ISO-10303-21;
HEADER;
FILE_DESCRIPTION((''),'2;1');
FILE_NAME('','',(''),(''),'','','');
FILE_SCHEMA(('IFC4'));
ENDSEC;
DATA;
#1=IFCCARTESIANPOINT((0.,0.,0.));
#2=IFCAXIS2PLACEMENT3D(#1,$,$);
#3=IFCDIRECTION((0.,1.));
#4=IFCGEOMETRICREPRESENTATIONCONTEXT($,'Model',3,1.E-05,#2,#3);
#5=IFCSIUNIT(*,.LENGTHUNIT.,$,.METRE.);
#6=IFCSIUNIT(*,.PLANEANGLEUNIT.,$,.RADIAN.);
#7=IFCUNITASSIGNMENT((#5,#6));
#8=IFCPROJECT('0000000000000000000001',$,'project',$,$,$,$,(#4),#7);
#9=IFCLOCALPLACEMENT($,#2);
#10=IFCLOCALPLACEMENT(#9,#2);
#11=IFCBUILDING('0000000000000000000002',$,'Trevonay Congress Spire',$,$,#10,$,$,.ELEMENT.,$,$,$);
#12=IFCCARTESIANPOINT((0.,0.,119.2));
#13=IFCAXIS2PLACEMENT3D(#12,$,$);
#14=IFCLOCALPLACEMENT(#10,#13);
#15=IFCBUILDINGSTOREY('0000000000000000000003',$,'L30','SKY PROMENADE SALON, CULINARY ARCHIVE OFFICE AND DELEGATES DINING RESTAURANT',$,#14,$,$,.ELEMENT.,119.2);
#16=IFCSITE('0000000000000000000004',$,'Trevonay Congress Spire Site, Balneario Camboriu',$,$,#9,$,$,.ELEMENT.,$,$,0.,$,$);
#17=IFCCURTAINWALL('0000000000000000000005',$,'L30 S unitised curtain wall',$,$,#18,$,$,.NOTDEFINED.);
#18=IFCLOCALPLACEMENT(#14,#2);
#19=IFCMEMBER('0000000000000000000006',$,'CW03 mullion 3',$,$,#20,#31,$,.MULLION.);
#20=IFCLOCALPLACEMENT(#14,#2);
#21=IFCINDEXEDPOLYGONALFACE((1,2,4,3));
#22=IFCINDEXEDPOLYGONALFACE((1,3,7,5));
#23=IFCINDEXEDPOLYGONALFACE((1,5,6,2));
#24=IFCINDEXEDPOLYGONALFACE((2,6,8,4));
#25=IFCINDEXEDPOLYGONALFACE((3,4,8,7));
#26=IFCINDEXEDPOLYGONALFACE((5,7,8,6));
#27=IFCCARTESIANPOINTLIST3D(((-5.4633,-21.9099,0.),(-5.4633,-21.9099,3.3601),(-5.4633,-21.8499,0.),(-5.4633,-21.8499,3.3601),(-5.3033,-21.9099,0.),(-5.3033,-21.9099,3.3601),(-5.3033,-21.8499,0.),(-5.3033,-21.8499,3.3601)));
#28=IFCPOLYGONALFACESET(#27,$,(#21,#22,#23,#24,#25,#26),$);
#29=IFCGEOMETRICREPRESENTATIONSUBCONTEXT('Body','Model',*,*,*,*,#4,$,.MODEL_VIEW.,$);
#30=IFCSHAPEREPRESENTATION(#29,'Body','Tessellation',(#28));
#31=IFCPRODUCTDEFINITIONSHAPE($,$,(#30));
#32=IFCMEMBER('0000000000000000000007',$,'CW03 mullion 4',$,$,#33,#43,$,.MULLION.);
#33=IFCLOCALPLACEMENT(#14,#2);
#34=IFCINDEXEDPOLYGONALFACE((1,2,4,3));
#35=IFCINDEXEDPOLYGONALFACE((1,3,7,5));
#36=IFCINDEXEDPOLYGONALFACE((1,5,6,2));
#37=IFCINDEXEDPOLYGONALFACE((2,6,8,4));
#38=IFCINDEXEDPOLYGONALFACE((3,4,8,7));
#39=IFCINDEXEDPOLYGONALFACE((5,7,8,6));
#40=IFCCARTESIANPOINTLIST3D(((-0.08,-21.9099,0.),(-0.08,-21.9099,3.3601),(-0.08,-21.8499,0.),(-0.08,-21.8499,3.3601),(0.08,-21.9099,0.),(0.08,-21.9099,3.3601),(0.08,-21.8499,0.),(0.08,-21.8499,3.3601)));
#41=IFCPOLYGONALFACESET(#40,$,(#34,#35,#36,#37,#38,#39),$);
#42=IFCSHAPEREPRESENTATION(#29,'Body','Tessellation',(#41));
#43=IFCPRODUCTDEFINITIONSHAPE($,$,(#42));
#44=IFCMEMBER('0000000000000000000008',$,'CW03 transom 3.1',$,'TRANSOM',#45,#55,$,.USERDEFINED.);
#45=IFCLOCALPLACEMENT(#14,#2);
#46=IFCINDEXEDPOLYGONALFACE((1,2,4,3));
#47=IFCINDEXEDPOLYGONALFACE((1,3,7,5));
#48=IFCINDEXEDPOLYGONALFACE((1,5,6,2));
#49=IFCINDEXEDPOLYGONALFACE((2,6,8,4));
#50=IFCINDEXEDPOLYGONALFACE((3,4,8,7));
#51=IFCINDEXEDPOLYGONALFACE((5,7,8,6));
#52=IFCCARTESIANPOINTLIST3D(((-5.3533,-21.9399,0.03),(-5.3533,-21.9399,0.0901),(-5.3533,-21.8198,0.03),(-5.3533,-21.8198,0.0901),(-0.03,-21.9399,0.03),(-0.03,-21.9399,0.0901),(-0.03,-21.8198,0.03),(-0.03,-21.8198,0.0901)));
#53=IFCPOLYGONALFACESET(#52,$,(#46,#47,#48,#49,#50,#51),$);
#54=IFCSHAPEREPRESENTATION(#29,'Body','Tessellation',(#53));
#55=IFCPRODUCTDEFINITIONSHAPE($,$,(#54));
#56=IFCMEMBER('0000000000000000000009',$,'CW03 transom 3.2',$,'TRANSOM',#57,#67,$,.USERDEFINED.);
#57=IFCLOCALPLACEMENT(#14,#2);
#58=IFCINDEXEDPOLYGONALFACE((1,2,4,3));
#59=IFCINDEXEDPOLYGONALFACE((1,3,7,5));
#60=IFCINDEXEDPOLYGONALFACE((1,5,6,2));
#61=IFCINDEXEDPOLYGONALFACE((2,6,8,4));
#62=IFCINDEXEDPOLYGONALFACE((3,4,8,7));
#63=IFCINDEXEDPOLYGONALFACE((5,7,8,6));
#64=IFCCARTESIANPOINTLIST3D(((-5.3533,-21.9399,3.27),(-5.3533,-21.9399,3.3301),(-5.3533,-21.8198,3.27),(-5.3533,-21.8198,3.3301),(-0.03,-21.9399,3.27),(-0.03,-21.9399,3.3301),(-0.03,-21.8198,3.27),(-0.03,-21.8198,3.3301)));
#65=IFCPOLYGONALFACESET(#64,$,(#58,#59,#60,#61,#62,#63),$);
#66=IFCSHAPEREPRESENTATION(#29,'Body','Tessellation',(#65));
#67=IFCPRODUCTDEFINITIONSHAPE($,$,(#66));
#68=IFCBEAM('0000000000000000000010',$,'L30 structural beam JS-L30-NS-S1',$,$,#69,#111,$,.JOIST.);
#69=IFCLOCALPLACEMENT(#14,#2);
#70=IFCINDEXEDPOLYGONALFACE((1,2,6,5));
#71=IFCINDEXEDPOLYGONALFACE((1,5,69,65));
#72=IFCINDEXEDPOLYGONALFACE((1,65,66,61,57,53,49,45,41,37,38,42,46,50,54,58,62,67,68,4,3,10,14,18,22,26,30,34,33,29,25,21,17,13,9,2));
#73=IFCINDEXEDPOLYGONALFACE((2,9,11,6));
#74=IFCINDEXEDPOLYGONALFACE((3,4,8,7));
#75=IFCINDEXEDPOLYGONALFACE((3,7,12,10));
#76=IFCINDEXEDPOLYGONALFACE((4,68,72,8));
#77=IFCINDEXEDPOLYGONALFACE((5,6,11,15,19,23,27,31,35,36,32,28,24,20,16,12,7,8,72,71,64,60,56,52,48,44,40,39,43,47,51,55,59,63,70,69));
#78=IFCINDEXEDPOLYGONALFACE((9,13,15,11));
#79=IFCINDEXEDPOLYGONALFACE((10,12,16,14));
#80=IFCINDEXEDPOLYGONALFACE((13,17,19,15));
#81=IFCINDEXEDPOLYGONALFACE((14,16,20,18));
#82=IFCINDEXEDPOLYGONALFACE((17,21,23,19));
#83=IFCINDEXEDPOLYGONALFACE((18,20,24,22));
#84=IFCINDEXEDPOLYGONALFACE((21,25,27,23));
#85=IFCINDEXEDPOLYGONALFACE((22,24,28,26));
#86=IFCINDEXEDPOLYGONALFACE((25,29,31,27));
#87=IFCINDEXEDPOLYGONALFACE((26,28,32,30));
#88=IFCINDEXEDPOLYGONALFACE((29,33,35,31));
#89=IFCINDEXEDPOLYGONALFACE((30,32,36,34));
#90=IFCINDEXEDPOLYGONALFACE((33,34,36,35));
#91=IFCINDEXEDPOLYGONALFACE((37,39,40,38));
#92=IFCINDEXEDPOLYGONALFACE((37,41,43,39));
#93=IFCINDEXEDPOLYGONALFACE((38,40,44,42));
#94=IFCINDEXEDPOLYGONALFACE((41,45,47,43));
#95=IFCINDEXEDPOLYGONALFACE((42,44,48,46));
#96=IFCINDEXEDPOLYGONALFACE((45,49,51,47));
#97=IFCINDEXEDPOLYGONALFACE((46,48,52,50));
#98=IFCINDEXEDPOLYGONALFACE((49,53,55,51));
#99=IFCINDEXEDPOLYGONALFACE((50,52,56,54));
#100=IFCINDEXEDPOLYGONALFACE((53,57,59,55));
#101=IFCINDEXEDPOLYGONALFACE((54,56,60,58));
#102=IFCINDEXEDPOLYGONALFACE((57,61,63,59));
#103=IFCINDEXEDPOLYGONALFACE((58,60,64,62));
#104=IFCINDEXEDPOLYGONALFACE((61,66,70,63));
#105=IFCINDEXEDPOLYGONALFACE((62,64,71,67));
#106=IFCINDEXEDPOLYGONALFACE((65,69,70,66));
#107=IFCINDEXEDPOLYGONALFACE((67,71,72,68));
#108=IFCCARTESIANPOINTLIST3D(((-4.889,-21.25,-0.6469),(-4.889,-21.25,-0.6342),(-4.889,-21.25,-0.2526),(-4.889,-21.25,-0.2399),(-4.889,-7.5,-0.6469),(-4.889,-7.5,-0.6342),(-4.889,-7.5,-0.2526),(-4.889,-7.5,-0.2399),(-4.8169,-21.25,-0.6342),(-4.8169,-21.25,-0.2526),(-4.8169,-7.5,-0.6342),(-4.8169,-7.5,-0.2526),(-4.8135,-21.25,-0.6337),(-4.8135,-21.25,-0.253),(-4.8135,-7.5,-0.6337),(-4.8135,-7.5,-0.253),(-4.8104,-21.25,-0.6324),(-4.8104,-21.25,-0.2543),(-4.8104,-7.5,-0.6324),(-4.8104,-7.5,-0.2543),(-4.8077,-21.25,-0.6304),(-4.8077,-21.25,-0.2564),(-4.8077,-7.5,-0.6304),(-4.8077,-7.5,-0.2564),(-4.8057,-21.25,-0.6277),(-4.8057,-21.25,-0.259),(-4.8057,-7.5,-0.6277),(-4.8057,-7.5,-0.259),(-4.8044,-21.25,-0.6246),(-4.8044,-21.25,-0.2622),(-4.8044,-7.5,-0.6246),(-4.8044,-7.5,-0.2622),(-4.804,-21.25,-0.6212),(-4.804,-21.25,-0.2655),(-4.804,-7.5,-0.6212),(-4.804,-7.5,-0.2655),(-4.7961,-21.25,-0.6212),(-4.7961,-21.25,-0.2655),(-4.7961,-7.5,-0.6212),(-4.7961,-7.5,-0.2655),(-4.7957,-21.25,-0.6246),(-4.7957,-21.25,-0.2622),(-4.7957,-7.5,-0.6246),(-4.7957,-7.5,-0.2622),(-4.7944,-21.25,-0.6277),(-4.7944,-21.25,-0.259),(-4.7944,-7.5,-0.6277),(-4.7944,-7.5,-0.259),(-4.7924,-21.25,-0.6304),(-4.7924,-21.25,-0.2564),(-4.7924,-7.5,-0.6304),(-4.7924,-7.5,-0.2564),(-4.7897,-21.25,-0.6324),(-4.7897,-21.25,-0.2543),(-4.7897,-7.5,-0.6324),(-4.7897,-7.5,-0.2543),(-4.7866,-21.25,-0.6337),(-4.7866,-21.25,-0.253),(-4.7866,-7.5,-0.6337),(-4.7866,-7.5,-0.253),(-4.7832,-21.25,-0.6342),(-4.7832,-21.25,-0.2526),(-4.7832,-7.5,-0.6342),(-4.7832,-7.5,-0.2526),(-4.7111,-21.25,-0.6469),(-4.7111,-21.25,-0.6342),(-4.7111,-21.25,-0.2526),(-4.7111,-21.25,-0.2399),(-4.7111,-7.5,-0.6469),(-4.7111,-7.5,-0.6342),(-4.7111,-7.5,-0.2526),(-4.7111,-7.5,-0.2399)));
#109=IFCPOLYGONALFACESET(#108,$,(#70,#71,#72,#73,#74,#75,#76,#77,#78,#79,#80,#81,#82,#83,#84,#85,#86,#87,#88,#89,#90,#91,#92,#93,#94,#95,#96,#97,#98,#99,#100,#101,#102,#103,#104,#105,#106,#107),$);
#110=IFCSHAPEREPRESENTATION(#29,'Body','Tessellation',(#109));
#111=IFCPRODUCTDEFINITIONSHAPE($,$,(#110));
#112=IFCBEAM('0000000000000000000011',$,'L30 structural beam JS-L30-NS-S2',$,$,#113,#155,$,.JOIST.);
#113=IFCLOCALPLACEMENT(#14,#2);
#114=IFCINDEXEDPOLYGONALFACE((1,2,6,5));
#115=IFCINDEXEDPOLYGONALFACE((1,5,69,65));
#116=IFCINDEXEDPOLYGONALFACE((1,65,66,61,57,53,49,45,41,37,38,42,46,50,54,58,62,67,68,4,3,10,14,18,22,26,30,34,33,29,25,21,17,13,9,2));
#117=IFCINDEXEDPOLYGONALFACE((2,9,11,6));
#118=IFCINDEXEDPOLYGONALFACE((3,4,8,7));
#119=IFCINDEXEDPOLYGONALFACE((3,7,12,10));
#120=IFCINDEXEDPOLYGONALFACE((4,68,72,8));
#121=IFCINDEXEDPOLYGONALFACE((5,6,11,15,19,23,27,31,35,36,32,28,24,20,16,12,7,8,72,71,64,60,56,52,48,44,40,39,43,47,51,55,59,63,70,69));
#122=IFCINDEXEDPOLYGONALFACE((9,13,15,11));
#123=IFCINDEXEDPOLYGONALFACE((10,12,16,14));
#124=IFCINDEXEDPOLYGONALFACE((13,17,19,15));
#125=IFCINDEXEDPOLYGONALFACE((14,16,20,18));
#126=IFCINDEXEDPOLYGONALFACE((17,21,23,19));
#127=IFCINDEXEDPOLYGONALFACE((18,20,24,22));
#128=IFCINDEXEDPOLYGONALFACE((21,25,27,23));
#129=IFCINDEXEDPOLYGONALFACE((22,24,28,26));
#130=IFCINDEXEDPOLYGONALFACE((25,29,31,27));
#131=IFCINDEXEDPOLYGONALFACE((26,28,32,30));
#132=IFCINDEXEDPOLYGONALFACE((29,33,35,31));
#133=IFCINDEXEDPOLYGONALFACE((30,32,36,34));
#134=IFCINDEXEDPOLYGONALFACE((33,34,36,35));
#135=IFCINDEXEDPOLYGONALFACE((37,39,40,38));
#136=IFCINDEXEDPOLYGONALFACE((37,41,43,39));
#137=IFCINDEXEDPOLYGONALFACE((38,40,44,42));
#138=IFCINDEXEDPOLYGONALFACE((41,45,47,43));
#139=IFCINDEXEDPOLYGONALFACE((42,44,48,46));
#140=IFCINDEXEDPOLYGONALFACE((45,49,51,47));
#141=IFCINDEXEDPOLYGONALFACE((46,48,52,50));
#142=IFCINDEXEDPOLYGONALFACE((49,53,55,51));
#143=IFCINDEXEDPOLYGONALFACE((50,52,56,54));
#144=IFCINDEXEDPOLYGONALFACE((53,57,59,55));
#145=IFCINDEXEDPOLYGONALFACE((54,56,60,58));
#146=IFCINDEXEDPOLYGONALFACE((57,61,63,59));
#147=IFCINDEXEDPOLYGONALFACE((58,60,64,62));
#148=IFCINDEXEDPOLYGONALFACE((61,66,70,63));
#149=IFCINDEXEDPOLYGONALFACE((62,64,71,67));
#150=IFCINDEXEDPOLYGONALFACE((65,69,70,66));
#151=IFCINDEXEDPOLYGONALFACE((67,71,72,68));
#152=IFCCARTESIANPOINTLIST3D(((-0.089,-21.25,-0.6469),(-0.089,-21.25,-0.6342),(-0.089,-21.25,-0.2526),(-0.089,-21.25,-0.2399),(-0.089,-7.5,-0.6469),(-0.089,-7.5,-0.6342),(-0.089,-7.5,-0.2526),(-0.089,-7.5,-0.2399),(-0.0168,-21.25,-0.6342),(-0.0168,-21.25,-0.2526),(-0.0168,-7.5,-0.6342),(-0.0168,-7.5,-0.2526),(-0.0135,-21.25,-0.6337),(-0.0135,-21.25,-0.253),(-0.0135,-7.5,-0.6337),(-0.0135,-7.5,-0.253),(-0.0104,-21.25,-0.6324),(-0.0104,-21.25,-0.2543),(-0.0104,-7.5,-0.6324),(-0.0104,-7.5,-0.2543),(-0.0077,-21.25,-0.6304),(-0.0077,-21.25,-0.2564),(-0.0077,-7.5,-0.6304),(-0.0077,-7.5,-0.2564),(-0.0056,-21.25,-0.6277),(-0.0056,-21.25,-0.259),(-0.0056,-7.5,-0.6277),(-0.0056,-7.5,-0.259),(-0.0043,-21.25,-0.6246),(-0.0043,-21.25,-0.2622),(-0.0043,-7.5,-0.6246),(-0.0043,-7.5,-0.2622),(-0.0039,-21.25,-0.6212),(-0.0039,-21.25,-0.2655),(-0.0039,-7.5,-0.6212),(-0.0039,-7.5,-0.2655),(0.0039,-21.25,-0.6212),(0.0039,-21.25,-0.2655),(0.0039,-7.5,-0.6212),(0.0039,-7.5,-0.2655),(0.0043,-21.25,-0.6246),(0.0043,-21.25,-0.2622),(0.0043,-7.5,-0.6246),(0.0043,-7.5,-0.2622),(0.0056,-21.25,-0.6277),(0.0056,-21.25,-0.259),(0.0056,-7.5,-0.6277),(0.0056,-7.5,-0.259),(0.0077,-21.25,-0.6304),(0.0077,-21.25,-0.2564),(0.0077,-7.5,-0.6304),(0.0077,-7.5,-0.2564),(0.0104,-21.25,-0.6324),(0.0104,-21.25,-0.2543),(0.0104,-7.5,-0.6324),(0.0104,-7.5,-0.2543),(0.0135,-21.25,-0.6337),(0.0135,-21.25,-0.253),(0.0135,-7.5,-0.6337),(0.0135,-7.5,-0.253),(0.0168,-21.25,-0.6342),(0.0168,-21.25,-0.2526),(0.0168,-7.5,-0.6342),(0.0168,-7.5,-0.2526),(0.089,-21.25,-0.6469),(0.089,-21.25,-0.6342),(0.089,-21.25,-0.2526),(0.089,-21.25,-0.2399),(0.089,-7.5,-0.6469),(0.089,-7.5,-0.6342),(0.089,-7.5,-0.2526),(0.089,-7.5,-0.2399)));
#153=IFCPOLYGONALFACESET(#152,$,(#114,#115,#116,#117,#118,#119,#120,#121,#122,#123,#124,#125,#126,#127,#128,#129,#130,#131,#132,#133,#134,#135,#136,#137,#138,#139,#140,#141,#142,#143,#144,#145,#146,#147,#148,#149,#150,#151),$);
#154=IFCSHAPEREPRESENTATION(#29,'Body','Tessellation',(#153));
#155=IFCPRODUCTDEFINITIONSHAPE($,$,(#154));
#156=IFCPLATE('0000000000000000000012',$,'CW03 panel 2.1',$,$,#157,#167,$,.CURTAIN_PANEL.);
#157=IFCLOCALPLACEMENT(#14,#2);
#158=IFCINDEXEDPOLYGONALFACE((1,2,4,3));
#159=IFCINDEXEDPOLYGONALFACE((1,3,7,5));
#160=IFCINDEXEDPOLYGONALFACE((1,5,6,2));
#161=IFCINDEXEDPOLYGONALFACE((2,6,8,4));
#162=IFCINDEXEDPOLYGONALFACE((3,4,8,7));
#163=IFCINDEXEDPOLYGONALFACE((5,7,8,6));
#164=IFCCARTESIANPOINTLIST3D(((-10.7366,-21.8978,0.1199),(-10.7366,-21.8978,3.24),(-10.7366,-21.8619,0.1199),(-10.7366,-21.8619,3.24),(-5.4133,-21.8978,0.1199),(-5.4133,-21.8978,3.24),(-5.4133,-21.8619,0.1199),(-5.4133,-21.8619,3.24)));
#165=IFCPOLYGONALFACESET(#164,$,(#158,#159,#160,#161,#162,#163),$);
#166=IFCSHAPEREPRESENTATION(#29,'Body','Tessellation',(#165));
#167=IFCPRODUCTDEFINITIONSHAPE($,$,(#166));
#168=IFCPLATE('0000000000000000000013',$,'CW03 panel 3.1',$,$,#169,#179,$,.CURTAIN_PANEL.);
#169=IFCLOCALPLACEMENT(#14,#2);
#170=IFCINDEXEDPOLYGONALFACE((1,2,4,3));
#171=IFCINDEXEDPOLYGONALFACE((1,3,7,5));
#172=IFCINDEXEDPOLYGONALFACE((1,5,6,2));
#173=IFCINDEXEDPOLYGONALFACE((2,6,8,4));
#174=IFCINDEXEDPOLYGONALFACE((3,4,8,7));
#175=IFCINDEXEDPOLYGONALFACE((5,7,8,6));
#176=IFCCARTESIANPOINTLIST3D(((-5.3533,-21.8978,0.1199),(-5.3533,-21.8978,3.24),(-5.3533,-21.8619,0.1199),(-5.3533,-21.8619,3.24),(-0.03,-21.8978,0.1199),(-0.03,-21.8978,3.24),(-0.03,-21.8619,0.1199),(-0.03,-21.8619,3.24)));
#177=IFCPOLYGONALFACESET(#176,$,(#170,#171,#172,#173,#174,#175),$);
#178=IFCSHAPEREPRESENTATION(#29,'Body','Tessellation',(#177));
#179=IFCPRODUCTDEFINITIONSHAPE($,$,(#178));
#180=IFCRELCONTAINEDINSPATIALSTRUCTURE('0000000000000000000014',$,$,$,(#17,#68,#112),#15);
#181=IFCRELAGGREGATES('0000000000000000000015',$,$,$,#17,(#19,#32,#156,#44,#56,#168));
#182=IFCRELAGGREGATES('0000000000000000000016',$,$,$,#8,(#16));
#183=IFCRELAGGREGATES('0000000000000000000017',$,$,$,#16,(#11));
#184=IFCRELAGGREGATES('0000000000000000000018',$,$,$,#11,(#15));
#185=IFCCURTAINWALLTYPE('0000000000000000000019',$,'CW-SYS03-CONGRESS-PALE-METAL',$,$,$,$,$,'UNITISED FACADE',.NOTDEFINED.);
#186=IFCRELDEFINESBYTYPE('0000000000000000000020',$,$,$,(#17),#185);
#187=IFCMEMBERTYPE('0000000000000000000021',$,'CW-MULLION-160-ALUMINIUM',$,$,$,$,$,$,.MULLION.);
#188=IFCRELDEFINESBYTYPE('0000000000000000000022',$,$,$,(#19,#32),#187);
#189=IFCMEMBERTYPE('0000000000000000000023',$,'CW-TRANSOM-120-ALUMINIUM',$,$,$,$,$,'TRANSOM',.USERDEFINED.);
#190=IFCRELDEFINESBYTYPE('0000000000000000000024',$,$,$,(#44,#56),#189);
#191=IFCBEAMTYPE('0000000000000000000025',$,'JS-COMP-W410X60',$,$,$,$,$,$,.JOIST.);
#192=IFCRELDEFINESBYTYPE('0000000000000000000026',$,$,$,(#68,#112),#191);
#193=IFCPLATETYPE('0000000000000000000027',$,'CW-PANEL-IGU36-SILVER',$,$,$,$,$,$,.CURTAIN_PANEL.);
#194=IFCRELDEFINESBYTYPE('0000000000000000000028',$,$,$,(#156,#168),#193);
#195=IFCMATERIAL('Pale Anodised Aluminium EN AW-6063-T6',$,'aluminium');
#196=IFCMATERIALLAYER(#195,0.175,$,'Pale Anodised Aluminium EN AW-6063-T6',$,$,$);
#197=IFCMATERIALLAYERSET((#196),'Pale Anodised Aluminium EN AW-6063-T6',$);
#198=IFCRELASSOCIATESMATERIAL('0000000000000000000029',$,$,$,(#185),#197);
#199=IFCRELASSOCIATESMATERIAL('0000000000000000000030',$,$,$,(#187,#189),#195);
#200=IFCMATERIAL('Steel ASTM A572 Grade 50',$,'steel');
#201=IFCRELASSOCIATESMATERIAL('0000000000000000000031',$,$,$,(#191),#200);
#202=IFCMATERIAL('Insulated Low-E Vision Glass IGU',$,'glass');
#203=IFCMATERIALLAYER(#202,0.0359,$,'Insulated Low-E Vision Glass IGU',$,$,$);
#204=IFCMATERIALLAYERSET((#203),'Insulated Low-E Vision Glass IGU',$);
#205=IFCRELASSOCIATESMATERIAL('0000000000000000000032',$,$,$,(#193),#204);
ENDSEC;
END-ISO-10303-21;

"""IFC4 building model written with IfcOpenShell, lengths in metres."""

from ifc_helpers import new_model, si_unit, direction, frame, origin, origin_2d, place, context, subcontext, project, spatial, rectangle, i_section, extrude, material, layer, layer_set, material_profile, profile_set, type_object, element, aggregate, save


model = new_model("IFC4")

# Units and contexts
model_context = context("Model", 3, precision=1e-05, world=origin(), true_north=direction((0.0, 1.0)))
body_context = subcontext(model_context, "Body", "Model", "MODEL_VIEW")
ifc_project = project(units=[si_unit("LENGTHUNIT", "METRE"), si_unit("PLANEANGLEUNIT", "RADIAN")], contexts=[model_context])

# Site, building, storey
site_placement = place(None, origin())
site = spatial("IfcSite", under=ifc_project, at=site_placement, Name="Trevonay Congress Spire Site, Balneario Camboriu", CompositionType="ELEMENT", RefElevation=0.0)
building_placement = place(site_placement, origin())
building = spatial("IfcBuilding", under=site, at=building_placement, Name="Trevonay Congress Spire", CompositionType="ELEMENT")
storey_placement = place(building_placement, frame((0.0, 0.0, 119.2)))
storey = spatial("IfcBuildingStorey", under=building, at=storey_placement, Name="L30", Description="SKY PROMENADE SALON, CULINARY ARCHIVE OFFICE AND DELEGATES DINING RESTAURANT", CompositionType="ELEMENT", Elevation=119.2)

# Shared definitions
ifc_material_1 = material(Name="Steel ASTM A572 Grade 50", Category="steel")

# Curtain wall, members
ifc_material_2 = material(Name="Pale Anodised Aluminium EN AW-6063-T6", Category="aluminium")
ifc_layer_1 = layer(ifc_material_2, 0.175, Name="Pale Anodised Aluminium EN AW-6063-T6")
ifc_layer_set_1 = layer_set([ifc_layer_1], Name="Pale Anodised Aluminium EN AW-6063-T6")
curtain_wall_type = type_object("IfcCurtainWallType", Name="CW-SYS03-CONGRESS-PALE-METAL", ElementType="UNITISED FACADE", PredefinedType="NOTDEFINED", material=ifc_layer_set_1)
curtain_wall_placement = place(storey_placement, origin())
curtain_wall = element("IfcCurtainWall", 1, at=curtain_wall_placement, inside=storey, type_object=curtain_wall_type, Name="L30 S unitised curtain wall", PredefinedType="NOTDEFINED")
ifc_material_profile_1 = material_profile(ifc_material_2, rectangle(XDim=0.0601, YDim=0.1599, at=origin_2d()), Name="CW-MULLION-160-ALUMINIUM")
ifc_profile_set_1 = profile_set([ifc_material_profile_1], Name="Pale Anodised Aluminium EN AW-6063-T6")
member_type_1 = type_object("IfcMemberType", Name="CW-MULLION-160-ALUMINIUM", PredefinedType="MULLION", material=ifc_profile_set_1)
member_1_placement = place(storey_placement, frame((-5.3833, -21.8799, 0.0), z_axis=(0.0, 0.0, 1.0), x_axis=(0.0, 1.0, 0.0)))
member_1 = element("IfcMember", 2, at=member_1_placement, type_object=member_type_1, Name="CW03 mullion 3", PredefinedType="MULLION", context=body_context, shape_type="SweptSolid", body=[
    extrude(rectangle(XDim=0.0601, YDim=0.1599, at=origin_2d()), origin(), (0.0, 0.0, 1.0), 3.3601),
])
member_2_placement = place(storey_placement, frame((0.0, -21.8799, 0.0), z_axis=(0.0, 0.0, 1.0), x_axis=(0.0, 1.0, 0.0)))
member_2 = element("IfcMember", 3, at=member_2_placement, type_object=member_type_1, Name="CW03 mullion 4", PredefinedType="MULLION", context=body_context, shape_type="SweptSolid", body=[
    extrude(rectangle(XDim=0.0601, YDim=0.1599, at=origin_2d()), origin(), (0.0, 0.0, 1.0), 3.3601),
])
ifc_material_profile_2 = material_profile(ifc_material_2, rectangle(XDim=0.1201, YDim=0.0601, at=origin_2d()), Name="CW-TRANSOM-120-ALUMINIUM")
ifc_profile_set_2 = profile_set([ifc_material_profile_2], Name="Pale Anodised Aluminium EN AW-6063-T6")
member_type_2 = type_object("IfcMemberType", Name="CW-TRANSOM-120-ALUMINIUM", ElementType="TRANSOM", PredefinedType="USERDEFINED", material=ifc_profile_set_2)
member_3_placement = place(storey_placement, frame((-5.3533, -21.8799, 0.0601), z_axis=(1.0, 0.0, 0.0), x_axis=(0.0, 1.0, 0.0)))
member_3 = element("IfcMember", 4, at=member_3_placement, type_object=member_type_2, Name="CW03 transom 3.1", ObjectType="TRANSOM", PredefinedType="USERDEFINED", context=body_context, shape_type="SweptSolid", body=[
    extrude(rectangle(XDim=0.1201, YDim=0.0601, at=origin_2d()), origin(), (0.0, 0.0, 1.0), 5.3232),
])
member_4_placement = place(storey_placement, frame((-5.3533, -21.8799, 3.3), z_axis=(1.0, 0.0, 0.0), x_axis=(0.0, 1.0, 0.0)))
member_4 = element("IfcMember", 5, at=member_4_placement, type_object=member_type_2, Name="CW03 transom 3.2", ObjectType="TRANSOM", PredefinedType="USERDEFINED", context=body_context, shape_type="SweptSolid", body=[
    extrude(rectangle(XDim=0.1201, YDim=0.0601, at=origin_2d()), origin(), (0.0, 0.0, 1.0), 5.3232),
])

# Beams
ifc_material_profile_3 = material_profile(ifc_material_1, i_section(OverallWidth=0.178, OverallDepth=0.407, WebThickness=0.0078, FlangeThickness=0.0127, FilletRadius=0.0129, at=origin_2d()), Name="W410x60")
ifc_profile_set_3 = profile_set([ifc_material_profile_3], Name="Steel ASTM A572 Grade 50")
beam_type_1 = type_object("IfcBeamType", Name="JS-COMP-W410X60", PredefinedType="JOIST", material=ifc_profile_set_3)
for number, where, z_axis, x_axis, name in (
    (6, (-4.8, -21.25, -0.4434), (0.0, 1.0, 0.0), (-1.0, 0.0, 0.0), "L30 structural beam JS-L30-NS-S1"),
    (7, (0.0, -21.25, -0.4434), (0.0, 1.0, 0.0), (-1.0, 0.0, 0.0), "L30 structural beam JS-L30-NS-S2"),
):
    element("IfcBeam", number, at=place(storey_placement, frame(where, z_axis=z_axis, x_axis=x_axis)), inside=storey, type_object=beam_type_1, Name=name, PredefinedType="JOIST", context=body_context, shape_type="SweptSolid", body=[
        extrude(i_section(OverallWidth=0.178, OverallDepth=0.407, WebThickness=0.0078, FlangeThickness=0.0127, FilletRadius=0.0129, at=origin_2d()), origin(), (0.0, 0.0, 1.0), 13.75),
    ])

# Plates
ifc_material_3 = material(Name="Insulated Low-E Vision Glass IGU", Category="glass")
ifc_layer_2 = layer(ifc_material_3, 0.0359, Name="Insulated Low-E Vision Glass IGU")
ifc_layer_set_2 = layer_set([ifc_layer_2], Name="Insulated Low-E Vision Glass IGU")
plate_type = type_object("IfcPlateType", Name="CW-PANEL-IGU36-SILVER", PredefinedType="CURTAIN_PANEL", material=ifc_layer_set_2)
plate_1_placement = place(storey_placement, frame((-8.075, -21.8799, 0.1199), z_axis=(0.0, 0.0, 1.0), x_axis=(1.0, 0.0, 0.0)))
plate_1 = element("IfcPlate", 8, at=plate_1_placement, type_object=plate_type, Name="CW03 panel 2.1", PredefinedType="CURTAIN_PANEL", context=body_context, shape_type="SweptSolid", body=[
    extrude(rectangle(XDim=5.3232, YDim=0.0359, at=origin_2d()), origin(), (0.0, 0.0, 1.0), 3.1201),
])
plate_2_placement = place(storey_placement, frame((-2.6917, -21.8799, 0.1199), z_axis=(0.0, 0.0, 1.0), x_axis=(1.0, 0.0, 0.0)))
plate_2 = element("IfcPlate", 9, at=plate_2_placement, type_object=plate_type, Name="CW03 panel 3.1", PredefinedType="CURTAIN_PANEL", context=body_context, shape_type="SweptSolid", body=[
    extrude(rectangle(XDim=5.3232, YDim=0.0359, at=origin_2d()), origin(), (0.0, 0.0, 1.0), 3.1201),
])
aggregate(curtain_wall, [member_1, member_2, plate_1, member_3, member_4, plate_2])

save(model, "model.ifc")
